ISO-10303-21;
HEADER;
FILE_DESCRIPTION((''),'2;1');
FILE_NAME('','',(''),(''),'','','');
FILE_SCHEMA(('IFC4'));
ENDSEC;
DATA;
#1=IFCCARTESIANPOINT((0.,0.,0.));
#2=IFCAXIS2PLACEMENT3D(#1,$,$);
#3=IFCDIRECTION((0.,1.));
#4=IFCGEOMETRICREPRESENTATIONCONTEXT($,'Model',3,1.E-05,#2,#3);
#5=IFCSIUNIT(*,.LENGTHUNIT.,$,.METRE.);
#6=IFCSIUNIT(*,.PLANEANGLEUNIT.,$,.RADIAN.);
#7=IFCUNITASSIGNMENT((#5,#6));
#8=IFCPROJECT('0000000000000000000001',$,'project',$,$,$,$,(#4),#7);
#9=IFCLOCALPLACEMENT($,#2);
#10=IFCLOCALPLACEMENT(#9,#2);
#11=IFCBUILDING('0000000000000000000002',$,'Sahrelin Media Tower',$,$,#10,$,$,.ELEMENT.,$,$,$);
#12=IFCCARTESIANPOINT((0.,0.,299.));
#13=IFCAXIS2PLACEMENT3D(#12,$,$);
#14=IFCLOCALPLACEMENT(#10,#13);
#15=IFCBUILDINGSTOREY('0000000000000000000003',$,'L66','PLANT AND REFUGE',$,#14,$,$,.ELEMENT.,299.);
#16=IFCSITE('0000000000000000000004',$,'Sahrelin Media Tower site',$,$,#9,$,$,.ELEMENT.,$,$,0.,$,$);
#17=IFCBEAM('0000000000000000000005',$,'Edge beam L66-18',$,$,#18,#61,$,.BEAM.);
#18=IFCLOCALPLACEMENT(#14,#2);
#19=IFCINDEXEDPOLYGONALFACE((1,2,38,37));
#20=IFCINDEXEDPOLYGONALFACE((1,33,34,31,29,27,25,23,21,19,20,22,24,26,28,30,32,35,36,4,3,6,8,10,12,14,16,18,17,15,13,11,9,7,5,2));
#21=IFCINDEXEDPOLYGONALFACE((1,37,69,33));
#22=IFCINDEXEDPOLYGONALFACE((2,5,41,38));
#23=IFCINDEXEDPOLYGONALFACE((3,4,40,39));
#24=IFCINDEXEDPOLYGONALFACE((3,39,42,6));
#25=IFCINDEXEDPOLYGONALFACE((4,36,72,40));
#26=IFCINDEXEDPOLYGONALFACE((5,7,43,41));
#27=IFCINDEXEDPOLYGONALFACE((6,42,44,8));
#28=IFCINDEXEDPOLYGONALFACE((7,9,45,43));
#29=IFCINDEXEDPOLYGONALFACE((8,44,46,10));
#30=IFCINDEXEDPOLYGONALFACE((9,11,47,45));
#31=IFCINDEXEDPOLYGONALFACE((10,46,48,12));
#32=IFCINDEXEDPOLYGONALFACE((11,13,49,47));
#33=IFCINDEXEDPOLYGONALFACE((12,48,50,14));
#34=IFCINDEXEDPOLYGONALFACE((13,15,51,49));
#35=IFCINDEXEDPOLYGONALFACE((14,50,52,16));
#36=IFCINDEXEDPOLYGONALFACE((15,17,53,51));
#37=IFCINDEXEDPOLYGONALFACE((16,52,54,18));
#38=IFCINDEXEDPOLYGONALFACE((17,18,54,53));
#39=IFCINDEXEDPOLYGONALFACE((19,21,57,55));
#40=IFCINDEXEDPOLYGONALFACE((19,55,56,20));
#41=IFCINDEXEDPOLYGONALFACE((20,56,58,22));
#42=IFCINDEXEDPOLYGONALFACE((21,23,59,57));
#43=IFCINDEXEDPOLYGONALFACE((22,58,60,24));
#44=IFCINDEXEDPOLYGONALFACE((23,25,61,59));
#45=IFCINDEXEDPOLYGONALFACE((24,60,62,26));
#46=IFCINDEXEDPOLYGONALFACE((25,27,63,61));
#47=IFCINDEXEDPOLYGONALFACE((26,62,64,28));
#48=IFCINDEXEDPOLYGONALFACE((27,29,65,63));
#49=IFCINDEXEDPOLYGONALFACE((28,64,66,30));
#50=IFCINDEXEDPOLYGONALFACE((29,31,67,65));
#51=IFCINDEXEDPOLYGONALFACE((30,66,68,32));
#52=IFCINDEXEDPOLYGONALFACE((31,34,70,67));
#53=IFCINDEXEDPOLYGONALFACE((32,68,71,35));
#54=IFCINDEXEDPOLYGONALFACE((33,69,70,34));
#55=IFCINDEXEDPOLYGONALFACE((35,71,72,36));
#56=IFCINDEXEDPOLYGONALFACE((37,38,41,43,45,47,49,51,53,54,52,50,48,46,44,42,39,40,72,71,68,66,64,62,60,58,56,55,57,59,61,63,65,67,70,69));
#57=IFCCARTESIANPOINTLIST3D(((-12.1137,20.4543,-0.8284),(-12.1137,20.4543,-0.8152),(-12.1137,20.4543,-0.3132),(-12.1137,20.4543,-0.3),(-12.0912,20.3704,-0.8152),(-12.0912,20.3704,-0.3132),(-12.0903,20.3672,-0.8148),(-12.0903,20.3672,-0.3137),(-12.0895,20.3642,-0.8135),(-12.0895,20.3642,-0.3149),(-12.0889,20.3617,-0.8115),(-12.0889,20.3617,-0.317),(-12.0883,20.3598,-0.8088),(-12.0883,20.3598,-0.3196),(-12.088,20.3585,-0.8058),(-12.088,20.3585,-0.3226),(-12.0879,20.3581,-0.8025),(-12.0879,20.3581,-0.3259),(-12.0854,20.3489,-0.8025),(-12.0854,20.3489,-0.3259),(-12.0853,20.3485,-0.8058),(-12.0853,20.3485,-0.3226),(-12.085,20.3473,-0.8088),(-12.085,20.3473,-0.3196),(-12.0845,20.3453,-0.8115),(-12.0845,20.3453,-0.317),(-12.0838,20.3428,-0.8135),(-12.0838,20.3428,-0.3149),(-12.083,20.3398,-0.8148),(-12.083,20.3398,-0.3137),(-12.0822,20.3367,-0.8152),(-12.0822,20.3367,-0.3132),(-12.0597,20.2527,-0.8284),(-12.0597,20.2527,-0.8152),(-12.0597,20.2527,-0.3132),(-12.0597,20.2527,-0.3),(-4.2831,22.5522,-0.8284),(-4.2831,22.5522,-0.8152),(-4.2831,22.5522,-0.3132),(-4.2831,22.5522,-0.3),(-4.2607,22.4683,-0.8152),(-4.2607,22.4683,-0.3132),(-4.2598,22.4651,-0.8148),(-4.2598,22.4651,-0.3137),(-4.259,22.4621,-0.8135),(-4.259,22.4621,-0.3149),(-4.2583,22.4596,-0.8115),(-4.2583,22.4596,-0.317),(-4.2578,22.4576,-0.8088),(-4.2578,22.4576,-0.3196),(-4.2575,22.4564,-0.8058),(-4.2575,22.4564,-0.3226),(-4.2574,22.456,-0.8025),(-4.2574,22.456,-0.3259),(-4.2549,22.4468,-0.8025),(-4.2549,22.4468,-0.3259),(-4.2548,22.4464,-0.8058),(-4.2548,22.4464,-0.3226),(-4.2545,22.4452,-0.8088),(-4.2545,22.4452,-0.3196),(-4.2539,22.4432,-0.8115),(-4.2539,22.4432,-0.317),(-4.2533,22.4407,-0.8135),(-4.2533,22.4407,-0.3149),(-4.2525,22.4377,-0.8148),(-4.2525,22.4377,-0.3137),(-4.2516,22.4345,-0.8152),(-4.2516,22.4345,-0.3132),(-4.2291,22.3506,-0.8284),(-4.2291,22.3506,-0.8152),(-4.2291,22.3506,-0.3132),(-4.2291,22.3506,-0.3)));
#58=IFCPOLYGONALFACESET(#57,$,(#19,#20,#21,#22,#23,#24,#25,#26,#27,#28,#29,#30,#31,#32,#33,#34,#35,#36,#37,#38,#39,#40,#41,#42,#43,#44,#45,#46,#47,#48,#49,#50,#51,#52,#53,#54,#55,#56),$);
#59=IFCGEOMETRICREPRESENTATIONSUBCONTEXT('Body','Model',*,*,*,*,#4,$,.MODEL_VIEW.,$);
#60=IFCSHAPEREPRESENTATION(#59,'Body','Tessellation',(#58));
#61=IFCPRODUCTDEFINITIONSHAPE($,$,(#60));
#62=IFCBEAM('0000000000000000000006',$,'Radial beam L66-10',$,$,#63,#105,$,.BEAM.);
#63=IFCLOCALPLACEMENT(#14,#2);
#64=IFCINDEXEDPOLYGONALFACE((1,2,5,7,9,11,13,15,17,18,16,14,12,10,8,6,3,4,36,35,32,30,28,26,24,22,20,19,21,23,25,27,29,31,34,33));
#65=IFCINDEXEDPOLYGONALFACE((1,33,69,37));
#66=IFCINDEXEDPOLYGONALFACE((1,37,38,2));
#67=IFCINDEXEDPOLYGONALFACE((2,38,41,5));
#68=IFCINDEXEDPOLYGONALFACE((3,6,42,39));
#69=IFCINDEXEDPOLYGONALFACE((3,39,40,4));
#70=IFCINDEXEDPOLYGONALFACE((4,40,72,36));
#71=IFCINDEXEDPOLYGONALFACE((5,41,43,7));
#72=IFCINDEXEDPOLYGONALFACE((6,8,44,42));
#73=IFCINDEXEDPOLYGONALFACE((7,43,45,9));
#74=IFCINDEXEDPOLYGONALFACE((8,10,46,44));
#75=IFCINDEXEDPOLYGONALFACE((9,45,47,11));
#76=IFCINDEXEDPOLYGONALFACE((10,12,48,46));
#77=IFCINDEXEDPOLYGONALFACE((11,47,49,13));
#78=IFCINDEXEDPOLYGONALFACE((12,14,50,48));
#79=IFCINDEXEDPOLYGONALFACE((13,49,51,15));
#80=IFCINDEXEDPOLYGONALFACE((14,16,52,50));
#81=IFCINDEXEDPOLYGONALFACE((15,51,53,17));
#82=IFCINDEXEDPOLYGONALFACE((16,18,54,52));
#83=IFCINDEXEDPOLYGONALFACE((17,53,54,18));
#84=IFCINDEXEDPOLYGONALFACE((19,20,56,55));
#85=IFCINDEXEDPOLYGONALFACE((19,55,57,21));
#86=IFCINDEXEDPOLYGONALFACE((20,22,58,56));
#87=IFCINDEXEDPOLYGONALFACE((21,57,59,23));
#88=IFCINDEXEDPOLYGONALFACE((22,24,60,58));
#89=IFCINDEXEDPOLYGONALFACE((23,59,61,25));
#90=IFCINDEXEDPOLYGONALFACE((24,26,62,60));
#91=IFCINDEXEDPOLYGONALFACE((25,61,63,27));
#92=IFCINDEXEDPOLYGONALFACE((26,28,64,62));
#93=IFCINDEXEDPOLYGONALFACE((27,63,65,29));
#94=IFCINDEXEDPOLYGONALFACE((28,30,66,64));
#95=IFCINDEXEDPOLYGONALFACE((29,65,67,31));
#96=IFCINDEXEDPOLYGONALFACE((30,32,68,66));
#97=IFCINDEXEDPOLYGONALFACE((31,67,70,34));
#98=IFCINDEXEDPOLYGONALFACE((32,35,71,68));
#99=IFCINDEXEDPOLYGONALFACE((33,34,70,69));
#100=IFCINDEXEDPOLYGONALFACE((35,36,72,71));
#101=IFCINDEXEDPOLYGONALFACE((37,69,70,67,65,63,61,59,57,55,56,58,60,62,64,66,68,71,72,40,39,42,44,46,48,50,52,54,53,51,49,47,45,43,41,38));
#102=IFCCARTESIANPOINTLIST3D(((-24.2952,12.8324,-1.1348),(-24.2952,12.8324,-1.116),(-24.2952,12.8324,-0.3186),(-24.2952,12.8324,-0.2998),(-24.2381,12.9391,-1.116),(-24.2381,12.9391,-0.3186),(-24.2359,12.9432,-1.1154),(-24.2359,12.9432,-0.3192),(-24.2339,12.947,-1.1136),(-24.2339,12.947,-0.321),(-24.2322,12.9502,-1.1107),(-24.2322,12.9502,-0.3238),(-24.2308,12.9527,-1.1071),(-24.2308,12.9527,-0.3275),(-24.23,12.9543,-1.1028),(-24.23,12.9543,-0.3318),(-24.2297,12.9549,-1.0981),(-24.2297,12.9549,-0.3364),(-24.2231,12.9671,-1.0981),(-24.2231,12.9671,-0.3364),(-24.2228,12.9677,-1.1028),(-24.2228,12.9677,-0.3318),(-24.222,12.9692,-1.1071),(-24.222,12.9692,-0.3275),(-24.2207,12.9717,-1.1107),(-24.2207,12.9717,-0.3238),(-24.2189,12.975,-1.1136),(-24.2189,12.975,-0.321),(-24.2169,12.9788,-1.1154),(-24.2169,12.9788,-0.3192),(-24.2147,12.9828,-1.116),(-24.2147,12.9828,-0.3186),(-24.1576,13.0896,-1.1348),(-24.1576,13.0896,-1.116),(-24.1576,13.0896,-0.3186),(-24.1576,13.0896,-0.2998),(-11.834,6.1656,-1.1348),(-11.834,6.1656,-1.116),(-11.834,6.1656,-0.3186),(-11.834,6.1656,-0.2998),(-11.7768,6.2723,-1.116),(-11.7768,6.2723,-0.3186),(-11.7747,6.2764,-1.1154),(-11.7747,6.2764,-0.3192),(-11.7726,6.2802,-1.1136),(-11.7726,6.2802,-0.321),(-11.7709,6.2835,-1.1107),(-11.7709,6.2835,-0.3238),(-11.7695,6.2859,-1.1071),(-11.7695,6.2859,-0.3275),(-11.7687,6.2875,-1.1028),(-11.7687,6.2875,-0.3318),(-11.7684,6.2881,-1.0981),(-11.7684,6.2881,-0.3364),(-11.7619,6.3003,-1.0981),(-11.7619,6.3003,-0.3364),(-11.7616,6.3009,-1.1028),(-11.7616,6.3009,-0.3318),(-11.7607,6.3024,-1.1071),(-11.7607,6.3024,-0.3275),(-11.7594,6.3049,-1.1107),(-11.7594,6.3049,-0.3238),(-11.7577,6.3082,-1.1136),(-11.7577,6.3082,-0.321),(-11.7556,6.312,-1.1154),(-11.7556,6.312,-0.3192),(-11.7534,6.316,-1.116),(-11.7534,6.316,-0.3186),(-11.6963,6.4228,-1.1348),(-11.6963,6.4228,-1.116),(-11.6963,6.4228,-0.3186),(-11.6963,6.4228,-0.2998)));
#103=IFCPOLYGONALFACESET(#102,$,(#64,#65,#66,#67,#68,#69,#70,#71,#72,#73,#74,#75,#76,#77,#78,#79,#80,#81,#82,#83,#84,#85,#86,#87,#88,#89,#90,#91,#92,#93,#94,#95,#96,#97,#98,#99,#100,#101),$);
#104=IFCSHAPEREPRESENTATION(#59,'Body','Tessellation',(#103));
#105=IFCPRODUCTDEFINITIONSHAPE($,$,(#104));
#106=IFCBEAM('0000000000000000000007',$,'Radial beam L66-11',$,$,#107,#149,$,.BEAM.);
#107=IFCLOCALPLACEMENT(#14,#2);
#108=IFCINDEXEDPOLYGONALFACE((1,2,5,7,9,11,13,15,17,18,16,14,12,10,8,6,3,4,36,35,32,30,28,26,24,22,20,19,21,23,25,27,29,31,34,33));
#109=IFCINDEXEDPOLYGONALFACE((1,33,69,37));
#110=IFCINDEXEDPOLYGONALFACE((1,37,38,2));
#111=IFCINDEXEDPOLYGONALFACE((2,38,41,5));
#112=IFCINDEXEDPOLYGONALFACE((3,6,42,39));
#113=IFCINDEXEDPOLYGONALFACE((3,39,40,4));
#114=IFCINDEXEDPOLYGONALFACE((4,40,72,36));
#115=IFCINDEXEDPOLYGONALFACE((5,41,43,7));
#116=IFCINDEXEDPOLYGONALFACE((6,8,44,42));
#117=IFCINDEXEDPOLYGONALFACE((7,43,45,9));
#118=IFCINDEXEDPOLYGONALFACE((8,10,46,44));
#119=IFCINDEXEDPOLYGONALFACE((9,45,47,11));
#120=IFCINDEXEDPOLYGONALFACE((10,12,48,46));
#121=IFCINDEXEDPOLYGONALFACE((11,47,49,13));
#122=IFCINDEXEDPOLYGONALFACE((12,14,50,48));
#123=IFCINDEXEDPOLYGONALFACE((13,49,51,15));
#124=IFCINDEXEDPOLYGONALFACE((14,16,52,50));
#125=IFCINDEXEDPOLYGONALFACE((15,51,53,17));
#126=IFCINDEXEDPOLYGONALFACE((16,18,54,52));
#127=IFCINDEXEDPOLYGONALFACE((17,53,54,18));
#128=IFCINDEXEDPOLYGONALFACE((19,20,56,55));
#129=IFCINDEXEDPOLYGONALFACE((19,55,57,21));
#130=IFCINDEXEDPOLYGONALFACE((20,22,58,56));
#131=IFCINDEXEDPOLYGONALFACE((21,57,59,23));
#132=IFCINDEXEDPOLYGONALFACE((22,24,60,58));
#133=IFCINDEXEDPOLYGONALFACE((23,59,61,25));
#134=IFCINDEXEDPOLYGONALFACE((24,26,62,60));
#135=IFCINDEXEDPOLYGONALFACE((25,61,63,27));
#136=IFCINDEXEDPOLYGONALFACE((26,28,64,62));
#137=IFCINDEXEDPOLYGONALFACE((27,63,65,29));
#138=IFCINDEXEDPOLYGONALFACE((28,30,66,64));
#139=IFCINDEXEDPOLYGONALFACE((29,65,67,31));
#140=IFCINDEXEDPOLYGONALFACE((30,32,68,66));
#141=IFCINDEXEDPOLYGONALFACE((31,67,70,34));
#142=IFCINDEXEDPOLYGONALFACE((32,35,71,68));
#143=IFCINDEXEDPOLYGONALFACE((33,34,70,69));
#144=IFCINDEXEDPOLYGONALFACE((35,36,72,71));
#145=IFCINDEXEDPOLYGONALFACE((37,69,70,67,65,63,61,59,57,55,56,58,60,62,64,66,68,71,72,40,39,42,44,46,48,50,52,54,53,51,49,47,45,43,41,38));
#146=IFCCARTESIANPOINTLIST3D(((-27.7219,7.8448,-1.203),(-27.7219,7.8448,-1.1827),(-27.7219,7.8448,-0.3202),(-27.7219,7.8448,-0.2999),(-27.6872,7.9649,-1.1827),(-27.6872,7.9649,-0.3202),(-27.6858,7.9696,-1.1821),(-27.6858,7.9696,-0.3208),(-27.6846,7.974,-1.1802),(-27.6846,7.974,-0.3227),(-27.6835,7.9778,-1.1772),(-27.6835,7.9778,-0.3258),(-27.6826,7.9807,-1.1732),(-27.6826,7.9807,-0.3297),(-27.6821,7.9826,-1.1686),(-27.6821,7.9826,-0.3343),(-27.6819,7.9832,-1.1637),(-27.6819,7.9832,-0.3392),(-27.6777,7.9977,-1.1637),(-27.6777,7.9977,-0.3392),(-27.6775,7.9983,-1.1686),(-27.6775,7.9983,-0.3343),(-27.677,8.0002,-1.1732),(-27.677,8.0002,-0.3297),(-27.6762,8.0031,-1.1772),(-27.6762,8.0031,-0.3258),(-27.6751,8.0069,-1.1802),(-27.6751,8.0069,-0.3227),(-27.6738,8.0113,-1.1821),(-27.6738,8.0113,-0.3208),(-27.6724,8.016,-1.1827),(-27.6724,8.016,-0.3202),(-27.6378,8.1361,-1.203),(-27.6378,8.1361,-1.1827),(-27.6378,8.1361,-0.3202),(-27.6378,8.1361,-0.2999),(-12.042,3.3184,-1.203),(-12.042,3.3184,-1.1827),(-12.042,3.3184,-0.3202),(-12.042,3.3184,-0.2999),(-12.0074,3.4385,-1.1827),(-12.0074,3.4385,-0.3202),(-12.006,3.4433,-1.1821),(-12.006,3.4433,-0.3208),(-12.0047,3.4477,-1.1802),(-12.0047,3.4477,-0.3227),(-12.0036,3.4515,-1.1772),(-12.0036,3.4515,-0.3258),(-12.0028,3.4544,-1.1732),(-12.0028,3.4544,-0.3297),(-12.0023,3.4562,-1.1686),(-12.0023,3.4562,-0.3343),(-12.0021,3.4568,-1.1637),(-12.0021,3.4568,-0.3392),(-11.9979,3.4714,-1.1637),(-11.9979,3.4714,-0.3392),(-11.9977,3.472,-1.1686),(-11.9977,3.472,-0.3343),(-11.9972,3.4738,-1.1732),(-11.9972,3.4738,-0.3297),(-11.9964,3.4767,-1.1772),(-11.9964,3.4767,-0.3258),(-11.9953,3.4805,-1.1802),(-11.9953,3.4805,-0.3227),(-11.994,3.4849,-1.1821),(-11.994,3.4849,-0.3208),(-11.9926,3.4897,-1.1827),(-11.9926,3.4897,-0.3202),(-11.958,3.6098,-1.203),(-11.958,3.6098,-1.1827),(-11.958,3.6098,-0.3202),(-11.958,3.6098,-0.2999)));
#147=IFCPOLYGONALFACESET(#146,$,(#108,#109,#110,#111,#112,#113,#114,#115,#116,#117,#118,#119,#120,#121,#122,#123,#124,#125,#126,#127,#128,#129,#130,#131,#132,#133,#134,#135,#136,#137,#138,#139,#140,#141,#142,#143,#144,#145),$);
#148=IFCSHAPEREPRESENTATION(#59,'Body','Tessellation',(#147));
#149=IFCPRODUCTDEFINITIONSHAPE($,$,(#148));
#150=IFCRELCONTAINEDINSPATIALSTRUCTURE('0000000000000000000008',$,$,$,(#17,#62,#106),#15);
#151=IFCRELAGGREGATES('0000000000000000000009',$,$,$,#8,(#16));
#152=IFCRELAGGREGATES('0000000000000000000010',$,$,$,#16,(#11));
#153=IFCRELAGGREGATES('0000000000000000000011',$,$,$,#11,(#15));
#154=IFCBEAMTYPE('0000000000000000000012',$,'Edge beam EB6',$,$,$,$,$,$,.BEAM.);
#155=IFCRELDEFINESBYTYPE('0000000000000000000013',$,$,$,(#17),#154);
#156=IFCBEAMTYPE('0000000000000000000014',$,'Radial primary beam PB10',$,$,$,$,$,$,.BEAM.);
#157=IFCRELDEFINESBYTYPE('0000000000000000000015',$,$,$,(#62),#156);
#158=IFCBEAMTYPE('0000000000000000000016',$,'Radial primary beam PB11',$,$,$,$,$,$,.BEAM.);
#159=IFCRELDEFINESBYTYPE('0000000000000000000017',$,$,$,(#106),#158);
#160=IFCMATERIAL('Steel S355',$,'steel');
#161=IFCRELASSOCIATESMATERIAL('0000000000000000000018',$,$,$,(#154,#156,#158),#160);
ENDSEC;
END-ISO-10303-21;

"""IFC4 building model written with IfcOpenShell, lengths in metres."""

from ifc_helpers import new_model, si_unit, direction, frame, origin, origin_2d, place, context, subcontext, project, spatial, i_section, extrude, material, material_profile, profile_set, type_object, element, save


model = new_model("IFC4")

# Units and contexts
model_context = context("Model", 3, precision=1e-05, world=origin(), true_north=direction((0.0, 1.0)))
body_context = subcontext(model_context, "Body", "Model", "MODEL_VIEW")
ifc_project = project(units=[si_unit("LENGTHUNIT", "METRE"), si_unit("PLANEANGLEUNIT", "RADIAN")], contexts=[model_context])

# Site, building, storey
site_placement = place(None, origin())
site = spatial("IfcSite", under=ifc_project, at=site_placement, Name="Sahrelin Media Tower site", CompositionType="ELEMENT", RefElevation=0.0)
building_placement = place(site_placement, origin())
building = spatial("IfcBuilding", under=site, at=building_placement, Name="Sahrelin Media Tower", CompositionType="ELEMENT")
storey_placement = place(building_placement, frame((0.0, 0.0, 299.0)))
storey = spatial("IfcBuildingStorey", under=building, at=storey_placement, Name="L66", Description="PLANT AND REFUGE", CompositionType="ELEMENT", Elevation=299.0)

# Beams
ifc_material_1 = material(Name="Steel S355", Category="steel")
ifc_material_profile_1 = material_profile(ifc_material_1, i_section(OverallWidth=0.2087, OverallDepth=0.5283, WebThickness=0.0095, FlangeThickness=0.0132, FilletRadius=0.0127, at=origin_2d()), Name="UB 533x210x82")
ifc_profile_set_1 = profile_set([ifc_material_profile_1], Name="Steel S355")
beam_type_1 = type_object("IfcBeamType", Name="Edge beam EB6", PredefinedType="BEAM", material=ifc_profile_set_1)
beam_1_placement = place(storey_placement, frame((-12.0867, 20.3535, -0.5642), z_axis=(0.965935, 0.258785, 0.0), x_axis=(-0.258785, 0.965935, 0.0)))
element("IfcBeam", 1, at=beam_1_placement, inside=storey, type_object=beam_type_1, Name="Edge beam L66-18", PredefinedType="BEAM", context=body_context, shape_type="SweptSolid", body=[
    extrude(i_section(OverallWidth=0.2087, OverallDepth=0.5283, WebThickness=0.0095, FlangeThickness=0.0132, FilletRadius=0.0127, at=origin_2d()), origin(), (0.0, 0.0, 1.0), 8.1067),
])
ifc_material_profile_2 = material_profile(ifc_material_1, i_section(OverallWidth=0.2917, OverallDepth=0.835, WebThickness=0.0139, FlangeThickness=0.0188, FilletRadius=0.0178, at=origin_2d()), Name="UB 838x292x176")
ifc_profile_set_2 = profile_set([ifc_material_profile_2], Name="Steel S355")
beam_type_2 = type_object("IfcBeamType", Name="Radial primary beam PB10", PredefinedType="BEAM", material=ifc_profile_set_2)
beam_2_placement = place(storey_placement, frame((-11.7651, 6.2942, -0.7173), z_axis=(-0.881742, 0.471733, 0.0), x_axis=(-0.471733, -0.881742, 0.0)))
element("IfcBeam", 2, at=beam_2_placement, inside=storey, type_object=beam_type_2, Name="Radial beam L66-10", PredefinedType="BEAM", context=body_context, shape_type="SweptSolid", body=[
    extrude(i_section(OverallWidth=0.2917, OverallDepth=0.835, WebThickness=0.0139, FlangeThickness=0.0188, FilletRadius=0.0178, at=origin_2d()), origin(), (0.0, 0.0, 1.0), 14.1326),
])
ifc_material_profile_3 = material_profile(ifc_material_1, i_section(OverallWidth=0.3032, OverallDepth=0.9031, WebThickness=0.0151, FlangeThickness=0.0203, FilletRadius=0.019, at=origin_2d()), Name="UB 914x305x201")
ifc_profile_set_3 = profile_set([ifc_material_profile_3], Name="Steel S355")
beam_type_3 = type_object("IfcBeamType", Name="Radial primary beam PB11", PredefinedType="BEAM", material=ifc_profile_set_3)
beam_3_placement = place(storey_placement, frame((-12.0, 3.4641, -0.7515), z_axis=(-0.96077, 0.277348, 0.0), x_axis=(-0.277348, -0.96077, 0.0)))
element("IfcBeam", 3, at=beam_3_placement, inside=storey, type_object=beam_type_3, Name="Radial beam L66-11", PredefinedType="BEAM", context=body_context, shape_type="SweptSolid", body=[
    extrude(i_section(OverallWidth=0.3032, OverallDepth=0.9031, WebThickness=0.0151, FlangeThickness=0.0203, FilletRadius=0.019, at=origin_2d()), origin(), (0.0, 0.0, 1.0), 16.3201),
])

save(model, "model.ifc")
